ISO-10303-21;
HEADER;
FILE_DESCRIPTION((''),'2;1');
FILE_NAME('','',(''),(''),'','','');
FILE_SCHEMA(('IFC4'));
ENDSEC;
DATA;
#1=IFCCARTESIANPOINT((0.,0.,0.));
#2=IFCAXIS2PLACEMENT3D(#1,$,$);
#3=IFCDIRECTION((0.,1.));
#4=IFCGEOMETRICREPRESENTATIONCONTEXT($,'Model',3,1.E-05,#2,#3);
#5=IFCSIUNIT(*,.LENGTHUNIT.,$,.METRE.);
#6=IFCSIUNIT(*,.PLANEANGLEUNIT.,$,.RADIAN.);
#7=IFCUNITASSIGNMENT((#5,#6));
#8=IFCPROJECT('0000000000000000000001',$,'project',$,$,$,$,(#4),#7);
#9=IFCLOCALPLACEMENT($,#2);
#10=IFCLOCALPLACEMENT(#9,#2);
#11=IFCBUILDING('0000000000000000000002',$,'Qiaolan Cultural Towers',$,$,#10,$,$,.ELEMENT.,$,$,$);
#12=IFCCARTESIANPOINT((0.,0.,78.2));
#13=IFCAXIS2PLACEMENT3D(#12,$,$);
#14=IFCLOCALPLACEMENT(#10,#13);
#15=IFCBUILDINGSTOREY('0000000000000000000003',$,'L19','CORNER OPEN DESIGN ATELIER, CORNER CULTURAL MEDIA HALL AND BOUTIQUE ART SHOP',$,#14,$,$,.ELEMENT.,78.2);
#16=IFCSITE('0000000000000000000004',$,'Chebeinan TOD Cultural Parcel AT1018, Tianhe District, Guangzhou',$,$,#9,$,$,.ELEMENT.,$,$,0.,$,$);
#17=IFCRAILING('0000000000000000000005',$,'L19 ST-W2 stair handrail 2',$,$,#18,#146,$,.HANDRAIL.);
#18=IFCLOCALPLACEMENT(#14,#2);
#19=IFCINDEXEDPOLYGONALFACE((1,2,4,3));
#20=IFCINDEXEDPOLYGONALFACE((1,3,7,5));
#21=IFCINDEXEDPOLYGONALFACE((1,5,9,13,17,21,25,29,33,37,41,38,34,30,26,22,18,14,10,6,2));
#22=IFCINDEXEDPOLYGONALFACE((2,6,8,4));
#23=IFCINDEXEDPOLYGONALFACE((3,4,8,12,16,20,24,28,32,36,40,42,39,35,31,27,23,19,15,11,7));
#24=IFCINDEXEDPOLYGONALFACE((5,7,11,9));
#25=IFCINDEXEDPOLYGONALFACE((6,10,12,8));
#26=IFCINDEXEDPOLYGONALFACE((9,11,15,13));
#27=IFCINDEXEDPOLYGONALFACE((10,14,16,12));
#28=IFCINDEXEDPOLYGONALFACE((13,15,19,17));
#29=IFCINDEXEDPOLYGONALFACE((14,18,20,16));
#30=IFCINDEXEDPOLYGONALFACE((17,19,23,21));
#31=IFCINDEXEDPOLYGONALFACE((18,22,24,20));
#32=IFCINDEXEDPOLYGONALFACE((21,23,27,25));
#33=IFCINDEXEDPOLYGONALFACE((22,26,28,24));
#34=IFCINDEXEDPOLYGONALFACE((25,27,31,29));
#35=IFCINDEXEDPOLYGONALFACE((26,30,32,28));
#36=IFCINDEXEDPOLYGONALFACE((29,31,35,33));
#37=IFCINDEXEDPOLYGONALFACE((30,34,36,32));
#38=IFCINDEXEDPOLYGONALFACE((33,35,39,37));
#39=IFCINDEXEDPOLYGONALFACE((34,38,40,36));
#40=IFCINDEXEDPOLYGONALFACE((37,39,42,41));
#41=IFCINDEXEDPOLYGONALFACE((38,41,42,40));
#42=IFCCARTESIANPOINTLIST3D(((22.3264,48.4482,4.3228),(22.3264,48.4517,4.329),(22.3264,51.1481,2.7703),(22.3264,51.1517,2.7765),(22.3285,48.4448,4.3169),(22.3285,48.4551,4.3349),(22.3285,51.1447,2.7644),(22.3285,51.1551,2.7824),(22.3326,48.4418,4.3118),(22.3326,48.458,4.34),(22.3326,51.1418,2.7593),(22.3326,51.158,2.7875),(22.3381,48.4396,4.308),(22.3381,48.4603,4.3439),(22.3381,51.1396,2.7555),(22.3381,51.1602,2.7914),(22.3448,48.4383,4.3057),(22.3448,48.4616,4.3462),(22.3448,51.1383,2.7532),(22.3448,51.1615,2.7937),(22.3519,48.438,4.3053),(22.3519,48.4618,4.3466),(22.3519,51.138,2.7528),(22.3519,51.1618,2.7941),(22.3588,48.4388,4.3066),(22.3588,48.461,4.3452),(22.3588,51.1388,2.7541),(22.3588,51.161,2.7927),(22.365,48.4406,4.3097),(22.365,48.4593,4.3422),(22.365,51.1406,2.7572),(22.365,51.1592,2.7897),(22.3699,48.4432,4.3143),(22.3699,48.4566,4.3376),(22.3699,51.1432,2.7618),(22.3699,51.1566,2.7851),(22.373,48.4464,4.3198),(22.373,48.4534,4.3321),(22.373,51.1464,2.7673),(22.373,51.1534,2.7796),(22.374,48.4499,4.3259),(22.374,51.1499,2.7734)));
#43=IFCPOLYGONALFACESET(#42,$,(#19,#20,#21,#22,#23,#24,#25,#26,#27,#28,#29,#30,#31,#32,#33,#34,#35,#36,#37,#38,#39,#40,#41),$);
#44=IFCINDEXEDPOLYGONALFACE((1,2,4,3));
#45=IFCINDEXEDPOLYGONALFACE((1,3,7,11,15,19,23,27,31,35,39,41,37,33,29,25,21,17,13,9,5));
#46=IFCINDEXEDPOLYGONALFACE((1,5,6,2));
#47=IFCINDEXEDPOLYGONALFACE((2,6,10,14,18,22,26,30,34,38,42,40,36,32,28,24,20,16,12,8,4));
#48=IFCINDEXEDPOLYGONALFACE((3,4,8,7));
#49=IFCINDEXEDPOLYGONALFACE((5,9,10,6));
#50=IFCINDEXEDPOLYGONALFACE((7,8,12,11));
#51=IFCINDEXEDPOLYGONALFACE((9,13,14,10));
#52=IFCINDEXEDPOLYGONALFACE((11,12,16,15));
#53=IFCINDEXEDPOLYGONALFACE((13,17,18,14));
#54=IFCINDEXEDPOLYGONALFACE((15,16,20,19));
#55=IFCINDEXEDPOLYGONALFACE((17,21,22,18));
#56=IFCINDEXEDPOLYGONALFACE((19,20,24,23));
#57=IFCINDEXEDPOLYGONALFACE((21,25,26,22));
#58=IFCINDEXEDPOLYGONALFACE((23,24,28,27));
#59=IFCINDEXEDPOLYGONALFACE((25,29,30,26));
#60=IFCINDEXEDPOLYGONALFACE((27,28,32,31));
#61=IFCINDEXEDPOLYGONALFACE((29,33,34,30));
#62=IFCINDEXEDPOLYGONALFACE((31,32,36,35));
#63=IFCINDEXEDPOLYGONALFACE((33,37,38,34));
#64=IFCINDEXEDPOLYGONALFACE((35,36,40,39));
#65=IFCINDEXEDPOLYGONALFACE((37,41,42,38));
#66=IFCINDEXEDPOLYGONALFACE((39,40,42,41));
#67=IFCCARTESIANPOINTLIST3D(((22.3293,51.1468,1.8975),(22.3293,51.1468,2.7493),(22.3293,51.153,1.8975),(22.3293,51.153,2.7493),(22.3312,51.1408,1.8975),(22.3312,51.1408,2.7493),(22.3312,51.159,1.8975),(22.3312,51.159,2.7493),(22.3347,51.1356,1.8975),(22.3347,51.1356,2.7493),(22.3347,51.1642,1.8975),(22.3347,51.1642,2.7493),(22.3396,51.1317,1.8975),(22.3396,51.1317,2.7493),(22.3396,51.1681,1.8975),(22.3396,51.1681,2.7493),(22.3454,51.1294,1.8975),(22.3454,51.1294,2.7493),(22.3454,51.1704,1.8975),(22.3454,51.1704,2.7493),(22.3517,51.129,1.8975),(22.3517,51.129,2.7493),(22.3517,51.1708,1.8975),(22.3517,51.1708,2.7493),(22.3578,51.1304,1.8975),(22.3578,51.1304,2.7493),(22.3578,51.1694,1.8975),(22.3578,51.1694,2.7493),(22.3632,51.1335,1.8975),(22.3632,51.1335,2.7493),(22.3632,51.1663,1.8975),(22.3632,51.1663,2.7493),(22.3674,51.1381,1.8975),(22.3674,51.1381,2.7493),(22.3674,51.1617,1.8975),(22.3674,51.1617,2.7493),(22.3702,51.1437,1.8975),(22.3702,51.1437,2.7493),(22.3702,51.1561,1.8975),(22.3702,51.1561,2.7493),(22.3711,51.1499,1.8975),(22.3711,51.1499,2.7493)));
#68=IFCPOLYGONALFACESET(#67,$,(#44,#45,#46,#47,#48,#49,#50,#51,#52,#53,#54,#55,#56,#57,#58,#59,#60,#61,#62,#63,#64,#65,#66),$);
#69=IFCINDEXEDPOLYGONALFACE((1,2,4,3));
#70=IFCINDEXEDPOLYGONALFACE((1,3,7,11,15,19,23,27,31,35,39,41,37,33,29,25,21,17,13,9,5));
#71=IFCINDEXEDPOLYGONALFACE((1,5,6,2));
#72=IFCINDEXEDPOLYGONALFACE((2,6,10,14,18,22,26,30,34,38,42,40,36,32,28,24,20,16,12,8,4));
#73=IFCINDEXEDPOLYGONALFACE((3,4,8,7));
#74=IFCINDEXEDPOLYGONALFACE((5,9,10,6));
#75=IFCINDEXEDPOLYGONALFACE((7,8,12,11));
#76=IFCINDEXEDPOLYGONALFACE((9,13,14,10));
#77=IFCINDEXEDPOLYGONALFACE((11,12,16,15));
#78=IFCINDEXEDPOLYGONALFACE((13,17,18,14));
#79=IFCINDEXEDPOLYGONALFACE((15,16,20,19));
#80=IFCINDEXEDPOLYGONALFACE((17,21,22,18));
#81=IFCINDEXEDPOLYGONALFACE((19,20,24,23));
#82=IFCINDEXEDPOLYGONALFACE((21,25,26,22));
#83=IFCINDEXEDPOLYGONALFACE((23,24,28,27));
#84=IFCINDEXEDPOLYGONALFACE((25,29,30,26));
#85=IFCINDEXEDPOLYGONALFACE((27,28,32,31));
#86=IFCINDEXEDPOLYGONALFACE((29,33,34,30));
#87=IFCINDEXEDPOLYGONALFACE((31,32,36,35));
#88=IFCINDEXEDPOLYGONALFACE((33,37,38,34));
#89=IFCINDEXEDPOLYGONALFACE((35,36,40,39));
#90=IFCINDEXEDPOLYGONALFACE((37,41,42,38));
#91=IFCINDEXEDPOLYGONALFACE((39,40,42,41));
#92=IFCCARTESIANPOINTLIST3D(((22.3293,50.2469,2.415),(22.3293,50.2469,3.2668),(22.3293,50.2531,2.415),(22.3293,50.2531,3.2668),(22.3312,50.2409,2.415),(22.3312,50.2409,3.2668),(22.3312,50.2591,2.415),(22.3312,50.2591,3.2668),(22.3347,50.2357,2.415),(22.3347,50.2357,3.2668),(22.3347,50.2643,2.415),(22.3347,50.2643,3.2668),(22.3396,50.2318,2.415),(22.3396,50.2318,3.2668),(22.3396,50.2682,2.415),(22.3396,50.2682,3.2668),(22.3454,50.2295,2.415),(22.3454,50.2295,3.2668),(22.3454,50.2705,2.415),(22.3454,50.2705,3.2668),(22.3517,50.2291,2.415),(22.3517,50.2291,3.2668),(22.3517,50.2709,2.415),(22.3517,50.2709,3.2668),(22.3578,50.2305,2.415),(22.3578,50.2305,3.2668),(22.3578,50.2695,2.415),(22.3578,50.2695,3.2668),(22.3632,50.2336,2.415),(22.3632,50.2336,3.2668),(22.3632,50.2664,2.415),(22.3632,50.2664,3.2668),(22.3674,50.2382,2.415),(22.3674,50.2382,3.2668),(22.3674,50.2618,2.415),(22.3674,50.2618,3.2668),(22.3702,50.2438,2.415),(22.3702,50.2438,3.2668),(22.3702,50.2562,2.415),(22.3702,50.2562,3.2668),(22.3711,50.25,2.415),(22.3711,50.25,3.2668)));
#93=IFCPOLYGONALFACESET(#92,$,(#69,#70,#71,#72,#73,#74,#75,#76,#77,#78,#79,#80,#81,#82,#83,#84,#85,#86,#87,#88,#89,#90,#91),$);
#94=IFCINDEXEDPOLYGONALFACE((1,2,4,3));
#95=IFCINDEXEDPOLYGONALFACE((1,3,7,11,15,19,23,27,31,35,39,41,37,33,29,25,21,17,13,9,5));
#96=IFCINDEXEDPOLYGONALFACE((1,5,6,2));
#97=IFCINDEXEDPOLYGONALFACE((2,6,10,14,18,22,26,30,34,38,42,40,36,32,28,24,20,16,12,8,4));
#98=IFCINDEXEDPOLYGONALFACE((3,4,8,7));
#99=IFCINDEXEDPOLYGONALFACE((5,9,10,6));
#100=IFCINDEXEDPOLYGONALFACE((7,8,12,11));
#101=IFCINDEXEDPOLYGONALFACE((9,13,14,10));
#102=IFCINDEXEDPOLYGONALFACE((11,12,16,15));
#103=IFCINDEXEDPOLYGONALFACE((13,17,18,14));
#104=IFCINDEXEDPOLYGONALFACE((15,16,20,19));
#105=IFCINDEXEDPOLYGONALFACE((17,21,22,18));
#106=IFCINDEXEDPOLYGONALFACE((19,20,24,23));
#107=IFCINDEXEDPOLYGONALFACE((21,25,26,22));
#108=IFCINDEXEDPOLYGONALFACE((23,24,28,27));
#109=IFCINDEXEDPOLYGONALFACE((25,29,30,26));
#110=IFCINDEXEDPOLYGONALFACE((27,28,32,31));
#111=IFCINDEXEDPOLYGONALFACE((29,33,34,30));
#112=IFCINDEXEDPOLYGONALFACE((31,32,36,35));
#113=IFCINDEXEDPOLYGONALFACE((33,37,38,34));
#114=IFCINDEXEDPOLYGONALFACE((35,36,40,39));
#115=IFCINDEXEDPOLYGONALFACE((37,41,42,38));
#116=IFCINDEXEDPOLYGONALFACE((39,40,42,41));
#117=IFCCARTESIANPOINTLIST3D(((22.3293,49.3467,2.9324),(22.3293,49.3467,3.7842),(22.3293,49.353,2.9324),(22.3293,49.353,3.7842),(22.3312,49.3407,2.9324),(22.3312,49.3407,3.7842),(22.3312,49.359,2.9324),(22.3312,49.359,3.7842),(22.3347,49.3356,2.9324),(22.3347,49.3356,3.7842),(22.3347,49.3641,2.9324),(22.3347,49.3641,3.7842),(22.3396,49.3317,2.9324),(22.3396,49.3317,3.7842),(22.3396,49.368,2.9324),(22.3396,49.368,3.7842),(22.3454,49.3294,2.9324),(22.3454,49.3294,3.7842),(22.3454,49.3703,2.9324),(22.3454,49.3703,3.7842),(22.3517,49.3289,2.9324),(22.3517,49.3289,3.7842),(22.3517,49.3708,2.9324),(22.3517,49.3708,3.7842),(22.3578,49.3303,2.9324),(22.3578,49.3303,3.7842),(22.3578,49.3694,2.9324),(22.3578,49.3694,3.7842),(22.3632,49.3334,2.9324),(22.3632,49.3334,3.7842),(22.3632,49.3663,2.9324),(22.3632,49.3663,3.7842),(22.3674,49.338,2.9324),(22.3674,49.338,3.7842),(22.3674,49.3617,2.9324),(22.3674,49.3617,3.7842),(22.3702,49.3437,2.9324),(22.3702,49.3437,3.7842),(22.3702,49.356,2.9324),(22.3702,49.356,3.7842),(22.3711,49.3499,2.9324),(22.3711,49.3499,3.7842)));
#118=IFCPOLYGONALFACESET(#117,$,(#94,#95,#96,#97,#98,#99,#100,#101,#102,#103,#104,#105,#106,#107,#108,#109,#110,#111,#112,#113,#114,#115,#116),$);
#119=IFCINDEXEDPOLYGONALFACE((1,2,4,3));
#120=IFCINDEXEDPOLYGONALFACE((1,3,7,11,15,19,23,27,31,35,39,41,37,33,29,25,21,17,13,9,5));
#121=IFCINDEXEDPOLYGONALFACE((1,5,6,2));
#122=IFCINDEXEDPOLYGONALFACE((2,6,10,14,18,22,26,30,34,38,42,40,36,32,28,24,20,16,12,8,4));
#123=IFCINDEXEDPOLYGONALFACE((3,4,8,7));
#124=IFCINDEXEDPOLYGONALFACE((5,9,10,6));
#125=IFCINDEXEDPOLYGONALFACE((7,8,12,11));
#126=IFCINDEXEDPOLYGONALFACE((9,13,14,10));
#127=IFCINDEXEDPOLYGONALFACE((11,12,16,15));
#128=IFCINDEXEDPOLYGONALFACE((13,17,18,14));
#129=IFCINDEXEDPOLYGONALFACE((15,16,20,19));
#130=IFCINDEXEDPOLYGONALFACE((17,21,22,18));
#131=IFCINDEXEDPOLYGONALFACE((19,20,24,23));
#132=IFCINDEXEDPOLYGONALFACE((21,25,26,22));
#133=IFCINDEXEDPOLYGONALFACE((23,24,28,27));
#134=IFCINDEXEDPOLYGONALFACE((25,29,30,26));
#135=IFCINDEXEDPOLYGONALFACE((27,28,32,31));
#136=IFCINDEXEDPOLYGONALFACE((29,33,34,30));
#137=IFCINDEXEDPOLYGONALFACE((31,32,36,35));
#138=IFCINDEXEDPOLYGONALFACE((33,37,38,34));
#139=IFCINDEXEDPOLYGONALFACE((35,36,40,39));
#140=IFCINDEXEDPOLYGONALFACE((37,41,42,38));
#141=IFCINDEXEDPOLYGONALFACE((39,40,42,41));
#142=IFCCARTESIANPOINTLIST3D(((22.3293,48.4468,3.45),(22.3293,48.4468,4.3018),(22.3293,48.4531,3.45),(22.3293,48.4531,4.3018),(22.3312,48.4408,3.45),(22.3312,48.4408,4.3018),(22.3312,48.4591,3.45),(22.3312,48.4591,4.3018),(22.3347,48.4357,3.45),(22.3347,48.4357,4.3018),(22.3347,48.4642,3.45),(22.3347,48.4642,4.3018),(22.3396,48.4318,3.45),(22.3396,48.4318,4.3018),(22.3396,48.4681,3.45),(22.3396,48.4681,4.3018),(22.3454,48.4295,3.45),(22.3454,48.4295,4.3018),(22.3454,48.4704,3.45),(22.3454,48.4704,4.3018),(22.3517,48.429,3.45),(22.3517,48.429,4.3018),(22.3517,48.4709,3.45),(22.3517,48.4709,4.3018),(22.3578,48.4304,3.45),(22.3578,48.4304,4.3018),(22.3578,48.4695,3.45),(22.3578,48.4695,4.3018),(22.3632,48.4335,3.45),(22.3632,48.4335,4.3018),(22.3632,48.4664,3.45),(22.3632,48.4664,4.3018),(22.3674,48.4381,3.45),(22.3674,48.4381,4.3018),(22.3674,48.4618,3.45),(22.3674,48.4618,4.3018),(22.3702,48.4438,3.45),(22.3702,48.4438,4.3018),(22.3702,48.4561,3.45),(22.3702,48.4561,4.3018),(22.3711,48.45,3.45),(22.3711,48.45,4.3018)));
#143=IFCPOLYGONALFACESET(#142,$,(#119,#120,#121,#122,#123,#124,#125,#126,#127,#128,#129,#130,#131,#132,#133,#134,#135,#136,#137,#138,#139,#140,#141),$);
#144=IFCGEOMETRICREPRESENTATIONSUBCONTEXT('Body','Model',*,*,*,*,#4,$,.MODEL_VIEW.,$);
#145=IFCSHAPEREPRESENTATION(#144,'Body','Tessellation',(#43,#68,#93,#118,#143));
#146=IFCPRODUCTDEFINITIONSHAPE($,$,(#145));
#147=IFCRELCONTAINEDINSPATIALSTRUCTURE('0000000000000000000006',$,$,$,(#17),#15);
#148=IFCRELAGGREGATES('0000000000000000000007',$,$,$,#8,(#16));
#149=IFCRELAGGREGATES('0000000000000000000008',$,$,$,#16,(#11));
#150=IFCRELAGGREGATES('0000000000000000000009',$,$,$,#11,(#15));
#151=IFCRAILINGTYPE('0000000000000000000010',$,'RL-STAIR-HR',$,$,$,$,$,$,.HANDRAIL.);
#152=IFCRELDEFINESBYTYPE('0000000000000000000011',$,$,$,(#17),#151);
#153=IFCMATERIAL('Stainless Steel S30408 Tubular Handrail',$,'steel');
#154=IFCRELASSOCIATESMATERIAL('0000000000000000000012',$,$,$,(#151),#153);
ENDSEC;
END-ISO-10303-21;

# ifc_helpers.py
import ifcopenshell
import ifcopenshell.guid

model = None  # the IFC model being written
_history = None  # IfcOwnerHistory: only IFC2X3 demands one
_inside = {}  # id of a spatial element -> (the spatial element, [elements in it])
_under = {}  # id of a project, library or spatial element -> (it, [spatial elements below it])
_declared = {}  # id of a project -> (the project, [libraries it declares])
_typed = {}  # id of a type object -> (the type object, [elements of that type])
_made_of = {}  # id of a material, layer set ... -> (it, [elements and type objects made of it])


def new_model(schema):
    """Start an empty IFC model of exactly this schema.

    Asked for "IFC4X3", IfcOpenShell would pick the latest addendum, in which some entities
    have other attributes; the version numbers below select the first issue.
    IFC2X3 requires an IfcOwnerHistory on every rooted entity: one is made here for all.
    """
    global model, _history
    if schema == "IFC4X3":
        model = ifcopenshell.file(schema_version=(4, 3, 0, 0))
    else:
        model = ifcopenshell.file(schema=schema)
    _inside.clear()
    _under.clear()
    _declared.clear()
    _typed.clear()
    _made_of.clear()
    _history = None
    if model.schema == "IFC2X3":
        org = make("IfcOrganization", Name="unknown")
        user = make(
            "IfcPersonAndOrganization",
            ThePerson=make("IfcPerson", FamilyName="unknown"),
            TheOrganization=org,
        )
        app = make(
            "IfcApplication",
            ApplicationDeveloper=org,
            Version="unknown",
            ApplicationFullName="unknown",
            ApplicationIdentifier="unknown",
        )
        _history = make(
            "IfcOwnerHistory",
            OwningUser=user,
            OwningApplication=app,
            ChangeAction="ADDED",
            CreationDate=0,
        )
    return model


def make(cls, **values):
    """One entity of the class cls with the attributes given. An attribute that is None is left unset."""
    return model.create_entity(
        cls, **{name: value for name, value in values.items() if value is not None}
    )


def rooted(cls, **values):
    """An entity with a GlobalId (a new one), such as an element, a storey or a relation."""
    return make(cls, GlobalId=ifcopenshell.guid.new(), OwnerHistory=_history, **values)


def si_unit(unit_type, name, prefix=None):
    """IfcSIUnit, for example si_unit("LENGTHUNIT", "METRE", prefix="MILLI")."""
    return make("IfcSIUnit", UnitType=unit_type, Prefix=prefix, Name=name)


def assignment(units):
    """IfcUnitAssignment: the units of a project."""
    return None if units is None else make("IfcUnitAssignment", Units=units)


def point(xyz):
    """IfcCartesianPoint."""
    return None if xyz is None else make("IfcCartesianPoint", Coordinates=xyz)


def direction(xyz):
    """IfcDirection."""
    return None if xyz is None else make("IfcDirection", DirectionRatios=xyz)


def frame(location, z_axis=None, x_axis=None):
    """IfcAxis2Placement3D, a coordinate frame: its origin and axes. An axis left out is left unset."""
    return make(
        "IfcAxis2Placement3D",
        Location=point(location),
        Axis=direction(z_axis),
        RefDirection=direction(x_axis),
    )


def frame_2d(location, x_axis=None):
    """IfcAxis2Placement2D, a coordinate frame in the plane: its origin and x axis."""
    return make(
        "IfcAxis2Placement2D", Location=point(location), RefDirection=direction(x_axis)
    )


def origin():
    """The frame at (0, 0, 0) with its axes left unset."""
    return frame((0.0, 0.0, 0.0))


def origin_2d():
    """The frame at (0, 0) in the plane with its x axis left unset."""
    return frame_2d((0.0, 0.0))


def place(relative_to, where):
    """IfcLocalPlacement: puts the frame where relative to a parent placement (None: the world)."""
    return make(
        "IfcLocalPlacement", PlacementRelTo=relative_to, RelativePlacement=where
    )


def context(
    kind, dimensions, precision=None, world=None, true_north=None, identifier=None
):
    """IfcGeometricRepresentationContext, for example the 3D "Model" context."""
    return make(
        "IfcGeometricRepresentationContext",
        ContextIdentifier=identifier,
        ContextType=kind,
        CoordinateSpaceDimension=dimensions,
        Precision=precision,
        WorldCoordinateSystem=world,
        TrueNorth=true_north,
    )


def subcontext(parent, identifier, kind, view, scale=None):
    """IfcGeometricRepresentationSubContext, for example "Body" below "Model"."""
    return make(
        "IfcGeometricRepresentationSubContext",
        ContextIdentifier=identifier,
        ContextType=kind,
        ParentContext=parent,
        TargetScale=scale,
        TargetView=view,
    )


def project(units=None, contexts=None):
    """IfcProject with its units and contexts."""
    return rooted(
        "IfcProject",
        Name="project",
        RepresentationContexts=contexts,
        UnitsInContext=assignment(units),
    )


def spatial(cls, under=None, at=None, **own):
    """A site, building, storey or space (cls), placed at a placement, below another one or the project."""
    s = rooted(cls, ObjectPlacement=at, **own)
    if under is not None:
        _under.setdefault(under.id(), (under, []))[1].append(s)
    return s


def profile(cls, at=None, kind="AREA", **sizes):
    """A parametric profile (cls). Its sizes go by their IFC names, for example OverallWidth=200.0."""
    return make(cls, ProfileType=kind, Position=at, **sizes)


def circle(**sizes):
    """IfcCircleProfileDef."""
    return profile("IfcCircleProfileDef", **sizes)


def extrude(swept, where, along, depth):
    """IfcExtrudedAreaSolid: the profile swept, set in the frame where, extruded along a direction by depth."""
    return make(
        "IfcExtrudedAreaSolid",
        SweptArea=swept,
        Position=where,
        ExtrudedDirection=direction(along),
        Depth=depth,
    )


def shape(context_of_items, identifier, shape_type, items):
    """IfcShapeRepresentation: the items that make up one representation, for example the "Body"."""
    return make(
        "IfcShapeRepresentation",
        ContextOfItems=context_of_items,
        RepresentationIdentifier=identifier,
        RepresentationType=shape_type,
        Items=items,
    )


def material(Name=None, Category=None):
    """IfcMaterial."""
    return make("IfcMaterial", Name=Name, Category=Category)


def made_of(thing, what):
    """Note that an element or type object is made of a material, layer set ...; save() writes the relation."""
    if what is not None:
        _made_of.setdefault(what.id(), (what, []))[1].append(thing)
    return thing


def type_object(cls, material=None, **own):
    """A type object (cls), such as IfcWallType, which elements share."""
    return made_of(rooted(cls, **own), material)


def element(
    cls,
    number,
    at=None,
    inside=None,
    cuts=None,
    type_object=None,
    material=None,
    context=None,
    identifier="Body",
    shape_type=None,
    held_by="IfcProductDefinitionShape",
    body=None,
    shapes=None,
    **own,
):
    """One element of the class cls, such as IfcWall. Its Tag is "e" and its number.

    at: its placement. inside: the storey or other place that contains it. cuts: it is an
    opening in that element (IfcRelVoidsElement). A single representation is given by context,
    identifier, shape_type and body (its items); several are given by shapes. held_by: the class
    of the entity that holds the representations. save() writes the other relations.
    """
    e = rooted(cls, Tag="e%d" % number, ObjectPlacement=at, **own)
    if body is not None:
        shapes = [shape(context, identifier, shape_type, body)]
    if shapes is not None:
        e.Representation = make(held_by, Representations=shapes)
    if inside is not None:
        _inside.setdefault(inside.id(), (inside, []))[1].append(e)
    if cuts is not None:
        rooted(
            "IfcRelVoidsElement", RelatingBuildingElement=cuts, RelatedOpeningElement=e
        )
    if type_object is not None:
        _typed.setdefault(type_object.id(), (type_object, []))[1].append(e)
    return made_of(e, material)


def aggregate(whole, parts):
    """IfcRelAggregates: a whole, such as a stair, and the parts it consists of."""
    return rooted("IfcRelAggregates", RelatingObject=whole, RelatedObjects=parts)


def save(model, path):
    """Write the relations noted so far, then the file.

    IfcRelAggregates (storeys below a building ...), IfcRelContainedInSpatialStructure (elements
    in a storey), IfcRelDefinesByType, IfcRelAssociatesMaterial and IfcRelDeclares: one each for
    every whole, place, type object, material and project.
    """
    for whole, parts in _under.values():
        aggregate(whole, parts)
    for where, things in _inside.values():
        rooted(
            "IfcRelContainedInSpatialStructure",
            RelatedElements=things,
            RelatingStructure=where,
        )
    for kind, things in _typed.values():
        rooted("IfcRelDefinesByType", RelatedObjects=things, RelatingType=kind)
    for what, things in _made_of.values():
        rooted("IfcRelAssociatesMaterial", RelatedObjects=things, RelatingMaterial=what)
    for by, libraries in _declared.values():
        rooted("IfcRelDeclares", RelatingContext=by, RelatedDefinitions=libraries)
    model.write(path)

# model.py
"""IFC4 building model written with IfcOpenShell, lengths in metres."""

from ifc_helpers import new_model, si_unit, direction, frame, origin, origin_2d, place, context, subcontext, project, spatial, circle, extrude, material, type_object, element, save


model = new_model("IFC4")

# Units and contexts
model_context = context("Model", 3, precision=1e-05, world=origin(), true_north=direction((0.0, 1.0)))
body_context = subcontext(model_context, "Body", "Model", "MODEL_VIEW")
ifc_project = project(units=[si_unit("LENGTHUNIT", "METRE"), si_unit("PLANEANGLEUNIT", "RADIAN")], contexts=[model_context])

# Site, building, storey
site_placement = place(None, origin())
site = spatial("IfcSite", under=ifc_project, at=site_placement, Name="Chebeinan TOD Cultural Parcel AT1018, Tianhe District, Guangzhou", CompositionType="ELEMENT", RefElevation=0.0)
building_placement = place(site_placement, origin())
building = spatial("IfcBuilding", under=site, at=building_placement, Name="Qiaolan Cultural Towers", CompositionType="ELEMENT")
storey_placement = place(building_placement, frame((0.0, 0.0, 78.2)))
storey = spatial("IfcBuildingStorey", under=building, at=storey_placement, Name="L19", Description="CORNER OPEN DESIGN ATELIER, CORNER CULTURAL MEDIA HALL AND BOUTIQUE ART SHOP", CompositionType="ELEMENT", Elevation=78.2)

# Railing
ifc_material_1 = material(Name="Stainless Steel S30408 Tubular Handrail", Category="steel")
railing_type_1 = type_object("IfcRailingType", Name="RL-STAIR-HR", PredefinedType="HANDRAIL", material=ifc_material_1)
railing_1_placement = place(storey_placement, frame((22.3501, 51.1499, 1.8975)))
element("IfcRailing", 1, at=railing_1_placement, inside=storey, type_object=railing_type_1, Name="L19 ST-W2 stair handrail 2", PredefinedType="HANDRAIL", context=body_context, shape_type="SweptSolid", body=[
    extrude(circle(Radius=0.0239, at=origin_2d()), frame((0.0, 0.0, 0.876), z_axis=(0.0, -0.866904, 0.498476), x_axis=(1.0, 0.0, 0.0)), (0.0, 0.0, 1.0), 3.1145),
    extrude(circle(Radius=0.021, at=origin_2d()), origin(), (0.0, 0.0, 1.0), 0.8518),
    extrude(circle(Radius=0.021, at=origin_2d()), frame((0.0, -0.8999, 0.5176)), (0.0, 0.0, 1.0), 0.8518),
    extrude(circle(Radius=0.021, at=origin_2d()), frame((0.0, -1.8, 1.0349)), (0.0, 0.0, 1.0), 0.8518),
    extrude(circle(Radius=0.021, at=origin_2d()), frame((0.0, -2.7, 1.5525)), (0.0, 0.0, 1.0), 0.8518),
])

save(model, "model.ifc")
